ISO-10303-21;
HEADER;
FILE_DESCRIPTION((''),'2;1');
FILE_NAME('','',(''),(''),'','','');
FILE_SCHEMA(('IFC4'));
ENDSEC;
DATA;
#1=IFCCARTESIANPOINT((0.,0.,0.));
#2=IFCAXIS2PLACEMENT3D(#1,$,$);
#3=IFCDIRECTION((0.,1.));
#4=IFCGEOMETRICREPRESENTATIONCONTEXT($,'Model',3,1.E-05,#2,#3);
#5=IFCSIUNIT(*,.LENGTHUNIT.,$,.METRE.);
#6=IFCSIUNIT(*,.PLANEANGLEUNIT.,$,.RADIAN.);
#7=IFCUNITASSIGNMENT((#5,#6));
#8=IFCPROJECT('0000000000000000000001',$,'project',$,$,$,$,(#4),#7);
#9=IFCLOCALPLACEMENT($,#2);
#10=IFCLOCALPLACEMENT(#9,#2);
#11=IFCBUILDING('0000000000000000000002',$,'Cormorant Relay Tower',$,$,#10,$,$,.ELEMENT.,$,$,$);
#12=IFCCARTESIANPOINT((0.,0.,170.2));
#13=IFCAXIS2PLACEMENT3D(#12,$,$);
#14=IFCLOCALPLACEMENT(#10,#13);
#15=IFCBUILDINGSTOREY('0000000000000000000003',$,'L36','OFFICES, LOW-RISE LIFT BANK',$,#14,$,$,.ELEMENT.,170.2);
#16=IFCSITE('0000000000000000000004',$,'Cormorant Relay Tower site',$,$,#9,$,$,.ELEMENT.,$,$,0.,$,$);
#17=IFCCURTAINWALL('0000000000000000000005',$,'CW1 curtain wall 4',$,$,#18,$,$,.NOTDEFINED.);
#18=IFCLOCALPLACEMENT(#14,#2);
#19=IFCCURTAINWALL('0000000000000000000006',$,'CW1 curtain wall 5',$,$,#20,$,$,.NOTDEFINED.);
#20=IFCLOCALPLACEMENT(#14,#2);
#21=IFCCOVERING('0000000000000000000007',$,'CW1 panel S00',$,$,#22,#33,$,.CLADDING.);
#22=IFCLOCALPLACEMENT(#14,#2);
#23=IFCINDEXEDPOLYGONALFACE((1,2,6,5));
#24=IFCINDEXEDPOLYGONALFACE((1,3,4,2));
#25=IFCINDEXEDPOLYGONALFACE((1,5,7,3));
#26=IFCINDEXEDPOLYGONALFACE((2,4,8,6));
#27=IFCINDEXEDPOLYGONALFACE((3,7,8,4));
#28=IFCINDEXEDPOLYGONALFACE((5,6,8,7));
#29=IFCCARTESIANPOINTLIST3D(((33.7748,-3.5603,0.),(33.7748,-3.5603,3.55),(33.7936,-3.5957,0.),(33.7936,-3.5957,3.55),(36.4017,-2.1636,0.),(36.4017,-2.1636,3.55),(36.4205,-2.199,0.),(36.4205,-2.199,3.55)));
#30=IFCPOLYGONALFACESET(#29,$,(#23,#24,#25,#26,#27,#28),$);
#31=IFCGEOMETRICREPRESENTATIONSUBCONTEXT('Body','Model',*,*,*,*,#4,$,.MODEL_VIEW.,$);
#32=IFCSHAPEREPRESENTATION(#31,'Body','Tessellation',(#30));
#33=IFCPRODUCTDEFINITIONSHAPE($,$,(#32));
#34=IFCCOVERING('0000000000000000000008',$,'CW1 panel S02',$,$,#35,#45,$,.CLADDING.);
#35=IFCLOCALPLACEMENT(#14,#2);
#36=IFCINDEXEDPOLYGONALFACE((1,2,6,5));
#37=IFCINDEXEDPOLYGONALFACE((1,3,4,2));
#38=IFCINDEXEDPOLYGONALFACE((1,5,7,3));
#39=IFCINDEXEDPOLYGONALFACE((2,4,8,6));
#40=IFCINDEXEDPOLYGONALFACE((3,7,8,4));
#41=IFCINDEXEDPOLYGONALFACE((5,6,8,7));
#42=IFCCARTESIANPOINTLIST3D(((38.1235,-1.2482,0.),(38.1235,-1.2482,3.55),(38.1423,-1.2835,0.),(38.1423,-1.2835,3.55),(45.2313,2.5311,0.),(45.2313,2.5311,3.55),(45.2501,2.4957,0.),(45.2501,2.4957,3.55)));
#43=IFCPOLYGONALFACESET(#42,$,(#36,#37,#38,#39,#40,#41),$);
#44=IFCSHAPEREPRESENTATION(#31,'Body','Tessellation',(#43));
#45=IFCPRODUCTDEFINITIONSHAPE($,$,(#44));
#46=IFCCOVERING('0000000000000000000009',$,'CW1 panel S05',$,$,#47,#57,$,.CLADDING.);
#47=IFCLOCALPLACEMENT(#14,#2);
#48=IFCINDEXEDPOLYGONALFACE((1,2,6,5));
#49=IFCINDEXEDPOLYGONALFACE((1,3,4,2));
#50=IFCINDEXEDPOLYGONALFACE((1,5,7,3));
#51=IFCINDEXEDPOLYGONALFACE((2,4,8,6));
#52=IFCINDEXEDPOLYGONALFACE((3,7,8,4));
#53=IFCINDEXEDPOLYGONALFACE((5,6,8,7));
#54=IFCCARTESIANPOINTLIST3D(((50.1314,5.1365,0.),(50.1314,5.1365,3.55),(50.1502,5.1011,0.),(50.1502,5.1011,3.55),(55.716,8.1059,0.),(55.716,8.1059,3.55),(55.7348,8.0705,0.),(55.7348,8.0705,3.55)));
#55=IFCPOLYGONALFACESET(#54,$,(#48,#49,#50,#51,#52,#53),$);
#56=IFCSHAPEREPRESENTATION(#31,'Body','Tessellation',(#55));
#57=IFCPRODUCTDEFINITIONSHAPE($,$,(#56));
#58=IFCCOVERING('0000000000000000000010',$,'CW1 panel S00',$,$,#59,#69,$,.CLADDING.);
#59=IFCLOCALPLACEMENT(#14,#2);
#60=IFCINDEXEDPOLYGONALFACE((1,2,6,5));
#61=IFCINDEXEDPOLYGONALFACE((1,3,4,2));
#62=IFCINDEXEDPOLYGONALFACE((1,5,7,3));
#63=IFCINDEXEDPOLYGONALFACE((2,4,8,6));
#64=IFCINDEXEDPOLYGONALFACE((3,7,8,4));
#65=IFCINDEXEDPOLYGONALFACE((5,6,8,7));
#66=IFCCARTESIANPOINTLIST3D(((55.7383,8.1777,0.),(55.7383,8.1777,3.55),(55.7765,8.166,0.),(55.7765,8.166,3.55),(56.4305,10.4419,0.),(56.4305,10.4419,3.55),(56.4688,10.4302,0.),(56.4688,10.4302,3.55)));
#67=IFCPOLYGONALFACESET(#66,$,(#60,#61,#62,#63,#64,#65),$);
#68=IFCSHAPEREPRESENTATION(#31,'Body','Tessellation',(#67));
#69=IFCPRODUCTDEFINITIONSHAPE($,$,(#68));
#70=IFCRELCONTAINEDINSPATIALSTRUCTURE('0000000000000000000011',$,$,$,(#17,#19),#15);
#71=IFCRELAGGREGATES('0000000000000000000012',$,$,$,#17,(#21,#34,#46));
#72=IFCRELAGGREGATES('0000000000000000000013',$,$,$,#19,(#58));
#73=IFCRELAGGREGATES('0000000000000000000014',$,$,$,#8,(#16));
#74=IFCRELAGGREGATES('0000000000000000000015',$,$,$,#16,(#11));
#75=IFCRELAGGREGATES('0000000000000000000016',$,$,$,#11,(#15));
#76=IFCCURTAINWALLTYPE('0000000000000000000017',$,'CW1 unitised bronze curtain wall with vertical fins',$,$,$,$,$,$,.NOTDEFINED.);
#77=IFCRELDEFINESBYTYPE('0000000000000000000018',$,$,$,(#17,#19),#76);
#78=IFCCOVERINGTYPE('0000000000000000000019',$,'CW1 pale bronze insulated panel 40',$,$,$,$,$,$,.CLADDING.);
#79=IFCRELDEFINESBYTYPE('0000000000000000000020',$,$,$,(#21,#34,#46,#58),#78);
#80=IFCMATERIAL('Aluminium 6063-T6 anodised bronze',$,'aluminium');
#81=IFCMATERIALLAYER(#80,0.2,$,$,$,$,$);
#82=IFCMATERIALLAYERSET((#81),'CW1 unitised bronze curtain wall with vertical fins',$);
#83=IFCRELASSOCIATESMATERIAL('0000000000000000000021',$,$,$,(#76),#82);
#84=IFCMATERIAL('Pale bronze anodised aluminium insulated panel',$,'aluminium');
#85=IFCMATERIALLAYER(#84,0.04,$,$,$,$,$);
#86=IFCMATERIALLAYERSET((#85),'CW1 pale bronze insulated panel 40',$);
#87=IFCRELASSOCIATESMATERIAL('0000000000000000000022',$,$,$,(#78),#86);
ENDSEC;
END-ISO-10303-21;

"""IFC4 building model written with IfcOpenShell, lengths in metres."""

from ifc_helpers import new_model, si_unit, direction, frame, origin, origin_2d, place, context, subcontext, project, spatial, rectangle, extrude, material, layer, layer_set, type_object, element, aggregate, save


model = new_model("IFC4")

# Units and contexts
model_context = context("Model", 3, precision=1e-05, world=origin(), true_north=direction((0.0, 1.0)))
body_context = subcontext(model_context, "Body", "Model", "MODEL_VIEW")
ifc_project = project(units=[si_unit("LENGTHUNIT", "METRE"), si_unit("PLANEANGLEUNIT", "RADIAN")], contexts=[model_context])

# Site, building, storey
site_placement = place(None, origin())
site = spatial("IfcSite", under=ifc_project, at=site_placement, Name="Cormorant Relay Tower site", CompositionType="ELEMENT", RefElevation=0.0)
building_placement = place(site_placement, origin())
building = spatial("IfcBuilding", under=site, at=building_placement, Name="Cormorant Relay Tower", CompositionType="ELEMENT")
storey_placement = place(building_placement, frame((0.0, 0.0, 170.2)))
storey = spatial("IfcBuildingStorey", under=building, at=storey_placement, Name="L36", Description="OFFICES, LOW-RISE LIFT BANK", CompositionType="ELEMENT", Elevation=170.2)

# Shared definitions
ifc_material_1 = material(Name="Aluminium 6063-T6 anodised bronze", Category="aluminium")
ifc_layer_1 = layer(ifc_material_1, 0.2)
ifc_layer_set_1 = layer_set([ifc_layer_1], Name="CW1 unitised bronze curtain wall with vertical fins")
curtain_wall_type = type_object("IfcCurtainWallType", Name="CW1 unitised bronze curtain wall with vertical fins", PredefinedType="NOTDEFINED", material=ifc_layer_set_1)

# Curtain wall
curtain_wall_1_placement = place(storey_placement, origin())
curtain_wall_1 = element("IfcCurtainWall", 1, at=curtain_wall_1_placement, inside=storey, type_object=curtain_wall_type, Name="CW1 curtain wall 4", PredefinedType="NOTDEFINED")

# Curtain wall
curtain_wall_2_placement = place(storey_placement, origin())
curtain_wall_2 = element("IfcCurtainWall", 2, at=curtain_wall_2_placement, inside=storey, type_object=curtain_wall_type, Name="CW1 curtain wall 5", PredefinedType="NOTDEFINED")

# Coverings
ifc_material_2 = material(Name="Pale bronze anodised aluminium insulated panel", Category="aluminium")
ifc_layer_2 = layer(ifc_material_2, 0.04)
ifc_layer_set_2 = layer_set([ifc_layer_2], Name="CW1 pale bronze insulated panel 40")
covering_type = type_object("IfcCoveringType", Name="CW1 pale bronze insulated panel 40", PredefinedType="CLADDING", material=ifc_layer_set_2)
covering_1_placement = place(storey_placement, frame((35.0977, -2.8796, 0.0), z_axis=(0.0, 0.0, 1.0), x_axis=(0.882948, 0.469472, 0.0)))
covering_1 = element("IfcCovering", 3, at=covering_1_placement, type_object=covering_type, Name="CW1 panel S00", PredefinedType="CLADDING", context=body_context, shape_type="SweptSolid", body=[
    extrude(rectangle(XDim=2.9751, YDim=0.04, at=origin_2d()), origin(), (0.0, 0.0, 1.0), 3.55),
])
covering_2_placement = place(storey_placement, frame((41.6868, 0.6238, 0.0), z_axis=(0.0, 0.0, 1.0), x_axis=(0.882948, 0.469472, 0.0)))
covering_2 = element("IfcCovering", 4, at=covering_2_placement, type_object=covering_type, Name="CW1 panel S02", PredefinedType="CLADDING", context=body_context, shape_type="SweptSolid", body=[
    extrude(rectangle(XDim=8.05, YDim=0.04, at=origin_2d()), origin(), (0.0, 0.0, 1.0), 3.55),
])
covering_3_placement = place(storey_placement, frame((52.9331, 6.6035, 0.0), z_axis=(0.0, 0.0, 1.0), x_axis=(0.882948, 0.469472, 0.0)))
covering_3 = element("IfcCovering", 5, at=covering_3_placement, type_object=covering_type, Name="CW1 panel S05", PredefinedType="CLADDING", context=body_context, shape_type="SweptSolid", body=[
    extrude(rectangle(XDim=6.325, YDim=0.04, at=origin_2d()), origin(), (0.0, 0.0, 1.0), 3.55),
])
aggregate(curtain_wall_1, [covering_1, covering_2, covering_3])
covering_4_placement = place(storey_placement, frame((56.1035, 9.304, 0.0), z_axis=(0.0, 0.0, 1.0), x_axis=(0.292372, 0.956305, 0.0)))
covering_4 = element("IfcCovering", 6, at=covering_4_placement, type_object=covering_type, Name="CW1 panel S00", PredefinedType="CLADDING", context=body_context, shape_type="SweptSolid", body=[
    extrude(rectangle(XDim=2.3677, YDim=0.04, at=origin_2d()), origin(), (0.0, 0.0, 1.0), 3.55),
])
aggregate(curtain_wall_2, [covering_4])

save(model, "model.ifc")
